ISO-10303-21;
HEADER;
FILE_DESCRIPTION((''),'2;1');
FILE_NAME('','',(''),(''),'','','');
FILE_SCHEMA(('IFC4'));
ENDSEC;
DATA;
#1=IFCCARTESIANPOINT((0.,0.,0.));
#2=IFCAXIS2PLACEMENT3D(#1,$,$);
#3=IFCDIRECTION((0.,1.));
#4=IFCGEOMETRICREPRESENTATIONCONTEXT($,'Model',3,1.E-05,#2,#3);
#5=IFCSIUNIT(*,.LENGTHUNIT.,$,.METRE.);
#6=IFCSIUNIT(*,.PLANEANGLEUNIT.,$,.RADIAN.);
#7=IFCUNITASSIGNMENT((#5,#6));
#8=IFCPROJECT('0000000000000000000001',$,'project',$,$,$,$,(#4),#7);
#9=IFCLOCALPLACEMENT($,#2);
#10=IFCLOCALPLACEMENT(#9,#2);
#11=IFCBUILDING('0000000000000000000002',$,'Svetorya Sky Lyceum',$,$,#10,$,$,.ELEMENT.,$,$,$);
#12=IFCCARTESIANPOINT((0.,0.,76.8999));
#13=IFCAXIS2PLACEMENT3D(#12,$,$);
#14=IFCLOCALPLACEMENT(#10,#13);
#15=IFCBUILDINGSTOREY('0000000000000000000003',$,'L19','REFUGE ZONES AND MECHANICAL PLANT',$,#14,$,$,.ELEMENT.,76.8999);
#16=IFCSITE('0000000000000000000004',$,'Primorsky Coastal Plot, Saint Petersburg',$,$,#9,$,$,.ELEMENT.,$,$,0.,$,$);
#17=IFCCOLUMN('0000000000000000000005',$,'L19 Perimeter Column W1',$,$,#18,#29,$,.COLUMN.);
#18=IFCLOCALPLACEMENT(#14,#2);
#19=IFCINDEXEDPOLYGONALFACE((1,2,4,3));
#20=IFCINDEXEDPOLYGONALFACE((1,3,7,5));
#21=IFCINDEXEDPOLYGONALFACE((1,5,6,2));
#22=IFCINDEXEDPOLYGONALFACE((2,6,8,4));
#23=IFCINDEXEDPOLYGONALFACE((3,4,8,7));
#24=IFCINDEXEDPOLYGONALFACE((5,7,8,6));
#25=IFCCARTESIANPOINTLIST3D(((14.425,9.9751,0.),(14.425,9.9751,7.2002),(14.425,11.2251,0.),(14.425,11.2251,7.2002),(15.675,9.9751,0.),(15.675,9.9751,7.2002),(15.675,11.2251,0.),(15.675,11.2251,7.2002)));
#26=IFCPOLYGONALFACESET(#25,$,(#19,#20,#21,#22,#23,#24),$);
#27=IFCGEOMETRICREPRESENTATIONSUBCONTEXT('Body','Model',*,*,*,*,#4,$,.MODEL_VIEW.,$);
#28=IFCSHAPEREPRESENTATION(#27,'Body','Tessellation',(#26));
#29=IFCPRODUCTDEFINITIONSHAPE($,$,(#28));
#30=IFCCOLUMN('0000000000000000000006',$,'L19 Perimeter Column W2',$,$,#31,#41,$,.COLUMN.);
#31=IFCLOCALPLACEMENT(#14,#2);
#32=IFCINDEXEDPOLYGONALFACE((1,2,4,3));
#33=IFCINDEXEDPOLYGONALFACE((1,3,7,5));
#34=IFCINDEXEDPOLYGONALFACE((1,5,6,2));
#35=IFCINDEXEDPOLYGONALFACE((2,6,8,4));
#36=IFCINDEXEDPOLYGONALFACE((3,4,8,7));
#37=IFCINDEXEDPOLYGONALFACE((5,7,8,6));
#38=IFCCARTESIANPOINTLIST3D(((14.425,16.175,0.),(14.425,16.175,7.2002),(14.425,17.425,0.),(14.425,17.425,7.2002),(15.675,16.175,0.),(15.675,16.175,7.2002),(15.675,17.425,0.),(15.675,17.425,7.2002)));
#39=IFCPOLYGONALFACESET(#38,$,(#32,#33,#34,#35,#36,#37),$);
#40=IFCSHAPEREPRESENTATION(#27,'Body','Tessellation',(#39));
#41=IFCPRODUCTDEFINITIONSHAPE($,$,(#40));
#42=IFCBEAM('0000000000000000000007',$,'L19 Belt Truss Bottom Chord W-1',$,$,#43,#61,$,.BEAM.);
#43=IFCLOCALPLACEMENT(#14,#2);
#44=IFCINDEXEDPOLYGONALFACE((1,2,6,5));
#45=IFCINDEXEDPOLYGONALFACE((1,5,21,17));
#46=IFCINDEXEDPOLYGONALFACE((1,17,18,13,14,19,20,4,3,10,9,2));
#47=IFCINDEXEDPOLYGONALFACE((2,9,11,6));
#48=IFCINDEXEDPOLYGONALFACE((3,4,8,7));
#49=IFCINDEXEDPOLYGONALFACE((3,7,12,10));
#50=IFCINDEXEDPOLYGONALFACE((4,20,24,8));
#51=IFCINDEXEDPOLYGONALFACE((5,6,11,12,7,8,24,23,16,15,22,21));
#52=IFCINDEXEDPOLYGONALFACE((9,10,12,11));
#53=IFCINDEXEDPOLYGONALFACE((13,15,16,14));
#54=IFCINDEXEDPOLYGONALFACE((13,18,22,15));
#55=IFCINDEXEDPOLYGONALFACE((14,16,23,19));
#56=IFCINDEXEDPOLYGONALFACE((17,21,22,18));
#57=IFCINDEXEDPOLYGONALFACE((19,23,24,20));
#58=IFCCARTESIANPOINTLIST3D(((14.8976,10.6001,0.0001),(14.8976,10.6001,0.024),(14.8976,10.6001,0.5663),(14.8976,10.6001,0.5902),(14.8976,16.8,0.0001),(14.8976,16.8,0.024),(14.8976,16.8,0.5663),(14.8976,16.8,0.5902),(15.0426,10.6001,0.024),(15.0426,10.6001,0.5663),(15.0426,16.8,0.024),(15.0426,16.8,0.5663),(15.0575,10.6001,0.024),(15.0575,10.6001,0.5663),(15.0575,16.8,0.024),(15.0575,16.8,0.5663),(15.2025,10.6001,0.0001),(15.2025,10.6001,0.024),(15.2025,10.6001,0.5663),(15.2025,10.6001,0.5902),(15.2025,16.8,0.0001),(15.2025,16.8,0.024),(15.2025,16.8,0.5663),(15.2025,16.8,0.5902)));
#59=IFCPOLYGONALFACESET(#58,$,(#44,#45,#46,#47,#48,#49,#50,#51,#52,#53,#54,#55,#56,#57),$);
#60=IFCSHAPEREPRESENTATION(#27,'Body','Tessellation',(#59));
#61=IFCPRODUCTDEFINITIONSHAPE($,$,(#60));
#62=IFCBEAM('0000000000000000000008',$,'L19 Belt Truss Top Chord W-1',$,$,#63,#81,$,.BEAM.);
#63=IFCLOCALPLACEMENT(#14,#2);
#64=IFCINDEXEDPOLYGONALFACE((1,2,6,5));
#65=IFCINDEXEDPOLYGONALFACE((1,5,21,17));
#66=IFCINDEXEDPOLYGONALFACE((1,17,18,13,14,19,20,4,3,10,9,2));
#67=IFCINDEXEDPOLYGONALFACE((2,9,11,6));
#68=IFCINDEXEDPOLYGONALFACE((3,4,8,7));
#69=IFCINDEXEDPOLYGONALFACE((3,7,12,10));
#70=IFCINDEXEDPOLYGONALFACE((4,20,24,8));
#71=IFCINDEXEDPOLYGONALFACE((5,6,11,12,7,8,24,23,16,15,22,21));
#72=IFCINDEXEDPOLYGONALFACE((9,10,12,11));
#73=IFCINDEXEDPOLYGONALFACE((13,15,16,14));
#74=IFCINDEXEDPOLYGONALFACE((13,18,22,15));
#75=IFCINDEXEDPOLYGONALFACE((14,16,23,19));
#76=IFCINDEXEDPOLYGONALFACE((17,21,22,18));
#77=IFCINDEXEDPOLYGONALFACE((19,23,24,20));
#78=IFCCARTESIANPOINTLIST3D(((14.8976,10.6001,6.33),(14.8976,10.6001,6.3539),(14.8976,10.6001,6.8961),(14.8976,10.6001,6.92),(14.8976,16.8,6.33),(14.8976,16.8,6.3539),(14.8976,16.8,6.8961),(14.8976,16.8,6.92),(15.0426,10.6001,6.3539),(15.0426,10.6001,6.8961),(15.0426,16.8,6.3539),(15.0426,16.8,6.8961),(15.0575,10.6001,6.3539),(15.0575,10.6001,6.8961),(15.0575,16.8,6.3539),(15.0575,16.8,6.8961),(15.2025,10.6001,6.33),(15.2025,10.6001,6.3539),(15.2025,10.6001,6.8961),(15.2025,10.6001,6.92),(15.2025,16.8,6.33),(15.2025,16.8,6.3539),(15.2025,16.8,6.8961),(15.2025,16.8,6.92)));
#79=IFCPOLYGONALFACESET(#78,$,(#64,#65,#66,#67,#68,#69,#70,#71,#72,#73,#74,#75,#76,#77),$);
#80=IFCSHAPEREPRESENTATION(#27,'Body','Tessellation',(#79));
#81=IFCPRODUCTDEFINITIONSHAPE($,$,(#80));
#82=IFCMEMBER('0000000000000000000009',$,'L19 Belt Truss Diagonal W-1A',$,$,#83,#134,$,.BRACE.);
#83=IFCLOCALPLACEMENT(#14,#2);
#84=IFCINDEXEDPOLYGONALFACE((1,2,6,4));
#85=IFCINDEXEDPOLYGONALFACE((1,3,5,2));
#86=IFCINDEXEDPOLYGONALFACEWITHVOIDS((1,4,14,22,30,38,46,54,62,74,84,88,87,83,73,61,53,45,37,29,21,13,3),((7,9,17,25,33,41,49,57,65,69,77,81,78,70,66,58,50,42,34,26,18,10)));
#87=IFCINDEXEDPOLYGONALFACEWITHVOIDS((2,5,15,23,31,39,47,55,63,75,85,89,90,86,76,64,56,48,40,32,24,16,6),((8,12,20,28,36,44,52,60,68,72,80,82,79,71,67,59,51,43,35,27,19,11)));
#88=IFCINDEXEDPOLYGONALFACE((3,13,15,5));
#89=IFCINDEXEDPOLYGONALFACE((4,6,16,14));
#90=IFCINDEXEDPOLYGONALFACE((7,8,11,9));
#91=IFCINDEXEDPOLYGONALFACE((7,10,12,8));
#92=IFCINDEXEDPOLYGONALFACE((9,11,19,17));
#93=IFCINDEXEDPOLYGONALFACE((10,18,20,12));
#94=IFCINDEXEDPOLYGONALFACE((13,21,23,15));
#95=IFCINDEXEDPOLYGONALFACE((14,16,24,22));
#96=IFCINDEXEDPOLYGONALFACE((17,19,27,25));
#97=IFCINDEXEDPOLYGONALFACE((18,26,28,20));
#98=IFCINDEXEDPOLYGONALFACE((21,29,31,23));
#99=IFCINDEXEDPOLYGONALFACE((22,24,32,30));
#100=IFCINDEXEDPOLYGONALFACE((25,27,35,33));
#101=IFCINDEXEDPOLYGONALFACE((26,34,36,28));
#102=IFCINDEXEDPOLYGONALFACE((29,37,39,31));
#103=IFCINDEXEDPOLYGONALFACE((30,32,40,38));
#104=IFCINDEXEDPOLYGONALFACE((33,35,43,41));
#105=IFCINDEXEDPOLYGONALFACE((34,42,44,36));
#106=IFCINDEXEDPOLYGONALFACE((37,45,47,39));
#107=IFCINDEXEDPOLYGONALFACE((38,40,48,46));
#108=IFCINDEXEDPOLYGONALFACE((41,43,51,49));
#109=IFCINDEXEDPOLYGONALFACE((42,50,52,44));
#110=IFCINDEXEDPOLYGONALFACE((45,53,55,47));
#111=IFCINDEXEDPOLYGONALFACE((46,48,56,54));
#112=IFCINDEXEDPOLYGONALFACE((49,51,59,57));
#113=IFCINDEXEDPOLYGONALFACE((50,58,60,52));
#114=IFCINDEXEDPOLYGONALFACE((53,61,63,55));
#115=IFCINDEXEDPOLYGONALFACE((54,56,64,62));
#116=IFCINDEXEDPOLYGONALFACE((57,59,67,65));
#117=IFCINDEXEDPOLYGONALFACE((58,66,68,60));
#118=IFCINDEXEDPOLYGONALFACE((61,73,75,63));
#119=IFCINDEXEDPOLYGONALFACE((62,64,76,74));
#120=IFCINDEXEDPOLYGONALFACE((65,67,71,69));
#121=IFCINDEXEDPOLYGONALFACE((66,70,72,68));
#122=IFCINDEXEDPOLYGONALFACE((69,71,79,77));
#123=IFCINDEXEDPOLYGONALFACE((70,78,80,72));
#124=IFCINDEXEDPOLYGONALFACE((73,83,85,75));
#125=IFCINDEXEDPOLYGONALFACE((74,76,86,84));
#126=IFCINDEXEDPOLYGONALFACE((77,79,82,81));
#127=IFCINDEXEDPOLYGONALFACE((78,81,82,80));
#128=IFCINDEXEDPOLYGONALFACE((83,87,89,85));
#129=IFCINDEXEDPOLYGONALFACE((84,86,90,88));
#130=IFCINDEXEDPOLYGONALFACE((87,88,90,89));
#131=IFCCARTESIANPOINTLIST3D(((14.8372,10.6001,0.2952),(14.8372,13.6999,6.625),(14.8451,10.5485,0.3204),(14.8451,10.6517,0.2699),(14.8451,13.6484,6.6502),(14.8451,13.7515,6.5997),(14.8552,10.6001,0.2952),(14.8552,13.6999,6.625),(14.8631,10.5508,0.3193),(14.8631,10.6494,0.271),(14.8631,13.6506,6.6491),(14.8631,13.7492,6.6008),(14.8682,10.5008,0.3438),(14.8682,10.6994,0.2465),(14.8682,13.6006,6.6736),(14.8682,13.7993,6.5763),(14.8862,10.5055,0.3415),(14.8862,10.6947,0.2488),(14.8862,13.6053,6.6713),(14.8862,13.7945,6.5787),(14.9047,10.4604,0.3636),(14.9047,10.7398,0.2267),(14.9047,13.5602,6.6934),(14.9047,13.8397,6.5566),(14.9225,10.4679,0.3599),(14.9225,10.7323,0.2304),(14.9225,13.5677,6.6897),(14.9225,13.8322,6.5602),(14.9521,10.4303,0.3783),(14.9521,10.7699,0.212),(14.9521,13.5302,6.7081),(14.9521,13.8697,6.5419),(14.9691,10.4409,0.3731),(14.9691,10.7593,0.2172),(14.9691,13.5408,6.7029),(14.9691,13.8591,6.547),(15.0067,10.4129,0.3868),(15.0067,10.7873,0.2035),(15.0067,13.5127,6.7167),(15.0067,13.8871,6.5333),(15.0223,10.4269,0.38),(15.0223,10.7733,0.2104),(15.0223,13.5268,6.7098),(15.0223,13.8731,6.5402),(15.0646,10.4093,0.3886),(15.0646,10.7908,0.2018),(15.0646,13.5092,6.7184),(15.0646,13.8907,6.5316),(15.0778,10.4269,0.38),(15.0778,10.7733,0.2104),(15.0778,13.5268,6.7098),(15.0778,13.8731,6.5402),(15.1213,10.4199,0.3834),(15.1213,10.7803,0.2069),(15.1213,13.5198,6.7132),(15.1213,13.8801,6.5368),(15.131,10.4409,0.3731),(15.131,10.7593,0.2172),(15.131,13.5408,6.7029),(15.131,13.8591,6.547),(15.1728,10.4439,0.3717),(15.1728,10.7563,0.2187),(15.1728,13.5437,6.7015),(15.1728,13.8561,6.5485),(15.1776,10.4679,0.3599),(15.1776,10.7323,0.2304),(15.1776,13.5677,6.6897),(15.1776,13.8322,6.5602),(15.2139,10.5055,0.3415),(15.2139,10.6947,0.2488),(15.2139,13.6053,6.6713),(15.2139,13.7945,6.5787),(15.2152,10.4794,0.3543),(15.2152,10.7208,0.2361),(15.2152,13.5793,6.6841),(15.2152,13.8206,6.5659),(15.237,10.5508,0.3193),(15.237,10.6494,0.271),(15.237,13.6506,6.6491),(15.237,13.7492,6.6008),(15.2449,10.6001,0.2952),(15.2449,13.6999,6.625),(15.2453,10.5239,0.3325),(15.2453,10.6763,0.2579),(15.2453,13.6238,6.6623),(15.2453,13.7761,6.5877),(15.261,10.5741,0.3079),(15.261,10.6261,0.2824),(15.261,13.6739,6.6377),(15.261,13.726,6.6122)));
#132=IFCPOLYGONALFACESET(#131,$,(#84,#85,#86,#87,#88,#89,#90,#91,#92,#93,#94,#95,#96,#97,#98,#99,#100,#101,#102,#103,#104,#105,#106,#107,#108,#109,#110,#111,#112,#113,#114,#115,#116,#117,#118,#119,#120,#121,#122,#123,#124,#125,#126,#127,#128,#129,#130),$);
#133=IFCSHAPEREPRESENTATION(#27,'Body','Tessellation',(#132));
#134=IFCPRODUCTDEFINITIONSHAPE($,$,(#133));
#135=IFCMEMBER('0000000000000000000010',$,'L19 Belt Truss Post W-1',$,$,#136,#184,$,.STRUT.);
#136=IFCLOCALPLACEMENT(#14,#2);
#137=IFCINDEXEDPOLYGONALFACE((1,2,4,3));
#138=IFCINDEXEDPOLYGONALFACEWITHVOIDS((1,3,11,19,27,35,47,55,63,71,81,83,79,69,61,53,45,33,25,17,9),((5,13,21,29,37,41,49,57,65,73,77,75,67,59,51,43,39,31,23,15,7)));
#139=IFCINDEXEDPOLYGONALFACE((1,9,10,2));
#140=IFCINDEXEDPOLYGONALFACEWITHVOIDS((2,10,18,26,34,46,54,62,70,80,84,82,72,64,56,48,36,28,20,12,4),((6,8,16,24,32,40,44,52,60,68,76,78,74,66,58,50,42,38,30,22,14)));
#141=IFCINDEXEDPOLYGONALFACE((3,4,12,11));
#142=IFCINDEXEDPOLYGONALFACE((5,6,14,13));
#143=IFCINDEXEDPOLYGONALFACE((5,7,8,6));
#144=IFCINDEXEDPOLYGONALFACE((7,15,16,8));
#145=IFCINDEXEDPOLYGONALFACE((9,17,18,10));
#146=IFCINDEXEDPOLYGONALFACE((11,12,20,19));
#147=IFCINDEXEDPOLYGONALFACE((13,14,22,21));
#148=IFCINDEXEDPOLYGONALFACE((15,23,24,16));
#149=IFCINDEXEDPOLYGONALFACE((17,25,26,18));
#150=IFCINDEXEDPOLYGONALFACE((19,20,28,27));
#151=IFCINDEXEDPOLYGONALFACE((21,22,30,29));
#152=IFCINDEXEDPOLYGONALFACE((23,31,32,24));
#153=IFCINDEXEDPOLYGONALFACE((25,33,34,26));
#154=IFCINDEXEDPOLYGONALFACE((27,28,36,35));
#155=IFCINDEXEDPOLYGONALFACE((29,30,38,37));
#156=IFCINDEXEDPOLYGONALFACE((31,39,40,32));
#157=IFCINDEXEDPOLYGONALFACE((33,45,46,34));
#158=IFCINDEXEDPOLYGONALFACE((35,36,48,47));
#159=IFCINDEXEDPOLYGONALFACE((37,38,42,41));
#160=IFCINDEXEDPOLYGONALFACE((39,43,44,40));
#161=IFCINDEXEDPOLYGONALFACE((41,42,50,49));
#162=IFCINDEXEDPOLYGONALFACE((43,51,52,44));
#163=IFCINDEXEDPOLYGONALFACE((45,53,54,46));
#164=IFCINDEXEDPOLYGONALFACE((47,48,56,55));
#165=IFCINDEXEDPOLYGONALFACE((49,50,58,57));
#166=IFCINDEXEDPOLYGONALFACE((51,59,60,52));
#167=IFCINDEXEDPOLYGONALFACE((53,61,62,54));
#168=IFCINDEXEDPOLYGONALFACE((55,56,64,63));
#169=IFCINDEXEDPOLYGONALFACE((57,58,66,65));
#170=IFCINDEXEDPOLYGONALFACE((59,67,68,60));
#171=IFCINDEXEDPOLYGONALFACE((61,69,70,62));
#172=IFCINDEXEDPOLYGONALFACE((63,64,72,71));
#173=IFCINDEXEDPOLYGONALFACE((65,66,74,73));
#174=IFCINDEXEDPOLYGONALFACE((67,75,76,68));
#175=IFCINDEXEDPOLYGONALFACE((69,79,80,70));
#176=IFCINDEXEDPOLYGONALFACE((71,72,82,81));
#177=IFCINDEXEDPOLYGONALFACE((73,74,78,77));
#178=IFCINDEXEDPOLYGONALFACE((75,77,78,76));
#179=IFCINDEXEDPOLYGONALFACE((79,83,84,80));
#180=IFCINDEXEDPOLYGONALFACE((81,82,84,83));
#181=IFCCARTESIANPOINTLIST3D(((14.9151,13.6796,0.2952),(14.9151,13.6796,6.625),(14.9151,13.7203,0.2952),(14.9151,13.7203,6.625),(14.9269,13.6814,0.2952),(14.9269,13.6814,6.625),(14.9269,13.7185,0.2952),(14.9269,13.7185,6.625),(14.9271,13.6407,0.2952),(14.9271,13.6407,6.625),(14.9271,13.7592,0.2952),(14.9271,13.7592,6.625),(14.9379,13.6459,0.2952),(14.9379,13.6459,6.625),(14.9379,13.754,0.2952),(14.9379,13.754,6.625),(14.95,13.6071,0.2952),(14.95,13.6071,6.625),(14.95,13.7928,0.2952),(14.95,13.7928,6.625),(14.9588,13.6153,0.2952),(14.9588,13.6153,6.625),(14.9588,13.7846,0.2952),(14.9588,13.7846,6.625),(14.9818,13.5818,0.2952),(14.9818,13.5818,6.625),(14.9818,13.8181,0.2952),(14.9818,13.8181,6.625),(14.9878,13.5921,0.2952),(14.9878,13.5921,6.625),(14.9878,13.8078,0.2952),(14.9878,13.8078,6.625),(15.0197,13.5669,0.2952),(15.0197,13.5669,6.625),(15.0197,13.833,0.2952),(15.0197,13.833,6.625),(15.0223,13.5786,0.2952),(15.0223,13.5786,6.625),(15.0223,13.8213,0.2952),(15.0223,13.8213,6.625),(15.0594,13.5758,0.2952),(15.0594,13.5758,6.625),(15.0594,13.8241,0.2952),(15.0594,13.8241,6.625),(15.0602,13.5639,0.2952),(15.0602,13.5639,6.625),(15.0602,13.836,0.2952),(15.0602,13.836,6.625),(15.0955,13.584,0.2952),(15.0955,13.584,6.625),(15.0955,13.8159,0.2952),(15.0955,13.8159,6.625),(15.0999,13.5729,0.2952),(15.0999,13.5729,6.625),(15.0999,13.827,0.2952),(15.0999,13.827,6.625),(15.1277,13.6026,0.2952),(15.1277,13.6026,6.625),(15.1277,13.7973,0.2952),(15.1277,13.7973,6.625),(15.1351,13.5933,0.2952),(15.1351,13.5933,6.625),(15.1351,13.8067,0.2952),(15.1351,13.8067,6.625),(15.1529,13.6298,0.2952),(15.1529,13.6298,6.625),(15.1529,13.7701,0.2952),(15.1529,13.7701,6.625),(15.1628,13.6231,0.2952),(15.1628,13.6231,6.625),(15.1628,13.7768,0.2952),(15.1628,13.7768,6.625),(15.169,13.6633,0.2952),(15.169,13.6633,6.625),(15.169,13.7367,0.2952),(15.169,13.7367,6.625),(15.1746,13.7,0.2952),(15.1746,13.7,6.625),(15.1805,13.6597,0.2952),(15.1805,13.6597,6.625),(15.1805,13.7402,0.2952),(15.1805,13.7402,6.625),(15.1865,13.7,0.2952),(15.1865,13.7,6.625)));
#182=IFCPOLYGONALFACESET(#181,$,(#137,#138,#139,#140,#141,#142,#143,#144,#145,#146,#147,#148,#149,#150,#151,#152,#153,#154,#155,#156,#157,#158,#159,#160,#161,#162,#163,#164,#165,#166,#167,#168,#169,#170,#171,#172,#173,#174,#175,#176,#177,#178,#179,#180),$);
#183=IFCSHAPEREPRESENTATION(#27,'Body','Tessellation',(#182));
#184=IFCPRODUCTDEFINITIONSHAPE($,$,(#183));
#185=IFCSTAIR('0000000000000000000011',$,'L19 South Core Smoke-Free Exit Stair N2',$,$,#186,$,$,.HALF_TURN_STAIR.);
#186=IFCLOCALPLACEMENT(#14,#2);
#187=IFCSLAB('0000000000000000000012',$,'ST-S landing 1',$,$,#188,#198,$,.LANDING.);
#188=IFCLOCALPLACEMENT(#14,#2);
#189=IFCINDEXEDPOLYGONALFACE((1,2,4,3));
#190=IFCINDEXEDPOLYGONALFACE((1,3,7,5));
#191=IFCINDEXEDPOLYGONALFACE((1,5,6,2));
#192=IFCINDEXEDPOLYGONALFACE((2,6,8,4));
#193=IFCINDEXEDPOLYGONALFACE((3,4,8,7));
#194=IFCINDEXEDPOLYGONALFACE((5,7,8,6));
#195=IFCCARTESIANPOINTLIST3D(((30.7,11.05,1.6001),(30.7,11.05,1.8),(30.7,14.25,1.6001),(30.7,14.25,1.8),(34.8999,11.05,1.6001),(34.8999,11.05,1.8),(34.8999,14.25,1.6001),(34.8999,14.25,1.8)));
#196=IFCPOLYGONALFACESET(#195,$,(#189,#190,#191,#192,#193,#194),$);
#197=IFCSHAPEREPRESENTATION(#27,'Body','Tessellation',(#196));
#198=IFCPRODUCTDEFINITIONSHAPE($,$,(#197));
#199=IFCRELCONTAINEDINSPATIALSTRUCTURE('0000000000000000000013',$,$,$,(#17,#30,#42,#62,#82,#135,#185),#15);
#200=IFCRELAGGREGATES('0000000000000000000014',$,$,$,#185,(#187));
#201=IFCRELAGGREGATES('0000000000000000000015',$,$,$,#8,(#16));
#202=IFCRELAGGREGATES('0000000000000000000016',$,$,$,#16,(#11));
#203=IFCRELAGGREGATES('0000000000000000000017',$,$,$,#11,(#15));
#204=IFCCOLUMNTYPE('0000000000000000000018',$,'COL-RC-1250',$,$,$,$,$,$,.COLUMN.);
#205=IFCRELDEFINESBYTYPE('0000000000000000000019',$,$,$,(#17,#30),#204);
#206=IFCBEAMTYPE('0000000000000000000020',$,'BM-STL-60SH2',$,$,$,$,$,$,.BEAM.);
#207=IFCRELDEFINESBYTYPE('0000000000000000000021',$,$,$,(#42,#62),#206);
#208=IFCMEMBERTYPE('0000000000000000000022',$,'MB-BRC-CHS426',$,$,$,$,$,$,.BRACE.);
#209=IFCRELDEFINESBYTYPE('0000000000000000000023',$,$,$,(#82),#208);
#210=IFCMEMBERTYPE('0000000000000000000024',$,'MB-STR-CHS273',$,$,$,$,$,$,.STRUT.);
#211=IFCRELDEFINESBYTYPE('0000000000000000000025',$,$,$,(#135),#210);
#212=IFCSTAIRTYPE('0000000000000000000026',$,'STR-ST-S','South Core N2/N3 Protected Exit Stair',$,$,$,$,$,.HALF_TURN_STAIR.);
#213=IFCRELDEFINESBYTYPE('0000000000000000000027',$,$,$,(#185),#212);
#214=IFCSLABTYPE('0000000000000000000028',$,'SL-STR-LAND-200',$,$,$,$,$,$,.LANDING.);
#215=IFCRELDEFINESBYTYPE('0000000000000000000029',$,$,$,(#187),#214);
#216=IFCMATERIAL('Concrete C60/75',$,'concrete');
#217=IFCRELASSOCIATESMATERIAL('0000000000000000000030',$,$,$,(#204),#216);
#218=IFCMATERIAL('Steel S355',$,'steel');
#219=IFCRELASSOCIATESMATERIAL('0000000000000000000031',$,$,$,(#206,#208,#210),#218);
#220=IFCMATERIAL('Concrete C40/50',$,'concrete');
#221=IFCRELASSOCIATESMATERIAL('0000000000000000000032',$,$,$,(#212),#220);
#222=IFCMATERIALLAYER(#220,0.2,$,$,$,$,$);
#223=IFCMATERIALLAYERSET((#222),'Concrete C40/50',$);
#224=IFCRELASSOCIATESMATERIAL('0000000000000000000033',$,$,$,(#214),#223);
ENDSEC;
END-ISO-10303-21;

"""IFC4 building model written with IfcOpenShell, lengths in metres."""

from ifc_helpers import new_model, si_unit, direction, frame, origin, origin_2d, place, context, subcontext, project, spatial, polyline, rectangle, hollow_circle, i_section, outline, extrude, material, layer, layer_set, material_profile, profile_set, type_object, element, aggregate, save


model = new_model("IFC4")

# Units and contexts
model_context = context("Model", 3, precision=1e-05, world=origin(), true_north=direction((0.0, 1.0)))
body_context = subcontext(model_context, "Body", "Model", "MODEL_VIEW")
ifc_project = project(units=[si_unit("LENGTHUNIT", "METRE"), si_unit("PLANEANGLEUNIT", "RADIAN")], contexts=[model_context])

# Site, building, storey
site_placement = place(None, origin())
site = spatial("IfcSite", under=ifc_project, at=site_placement, Name="Primorsky Coastal Plot, Saint Petersburg", CompositionType="ELEMENT", RefElevation=0.0)
building_placement = place(site_placement, origin())
building = spatial("IfcBuilding", under=site, at=building_placement, Name="Svetorya Sky Lyceum", CompositionType="ELEMENT")
storey_placement = place(building_placement, frame((0.0, 0.0, 76.8999)))
storey = spatial("IfcBuildingStorey", under=building, at=storey_placement, Name="L19", Description="REFUGE ZONES AND MECHANICAL PLANT", CompositionType="ELEMENT", Elevation=76.8999)

# Columns
ifc_material_1 = material(Name="Concrete C60/75", Category="concrete")
ifc_material_profile_1 = material_profile(ifc_material_1, rectangle(XDim=1.25, YDim=1.25, at=origin_2d()), Name="RC COL 1250x1250")
ifc_profile_set_1 = profile_set([ifc_material_profile_1], Name="Concrete C60/75")
column_type = type_object("IfcColumnType", Name="COL-RC-1250", PredefinedType="COLUMN", material=ifc_profile_set_1)
for number, where, z_axis, x_axis, name in (
    (1, (15.05, 10.6001, 0.0), (0.0, 0.0, 1.0), (1.0, 0.0, 0.0), "L19 Perimeter Column W1"),
    (2, (15.05, 16.8, 0.0), (0.0, 0.0, 1.0), (1.0, 0.0, 0.0), "L19 Perimeter Column W2"),
):
    element("IfcColumn", number, at=place(storey_placement, frame(where, z_axis=z_axis, x_axis=x_axis)), inside=storey, type_object=column_type, Name=name, PredefinedType="COLUMN", context=body_context, shape_type="SweptSolid", body=[
        extrude(rectangle(XDim=1.25, YDim=1.25, at=origin_2d()), origin(), (0.0, 0.0, 1.0), 7.2002),
    ])

# Beams
ifc_material_2 = material(Name="Steel S355", Category="steel")
ifc_material_profile_2 = material_profile(ifc_material_2, i_section(OverallWidth=0.3049, OverallDepth=0.5901, WebThickness=0.0149, FlangeThickness=0.0239, at=origin_2d()), Name="GOST 60Sh2")
ifc_profile_set_2 = profile_set([ifc_material_profile_2], Name="Steel S355")
beam_type = type_object("IfcBeamType", Name="BM-STL-60SH2", PredefinedType="BEAM", material=ifc_profile_set_2)
for number, where, z_axis, x_axis, name in (
    (3, (15.05, 10.6001, 0.2952), (0.0, 1.0, 0.0), (-1.0, 0.0, 0.0), "L19 Belt Truss Bottom Chord W-1"),
    (4, (15.05, 10.6001, 6.625), (0.0, 1.0, 0.0), (-1.0, 0.0, 0.0), "L19 Belt Truss Top Chord W-1"),
):
    element("IfcBeam", number, at=place(storey_placement, frame(where, z_axis=z_axis, x_axis=x_axis)), inside=storey, type_object=beam_type, Name=name, PredefinedType="BEAM", context=body_context, shape_type="SweptSolid", body=[
        extrude(i_section(OverallWidth=0.3049, OverallDepth=0.5901, WebThickness=0.0149, FlangeThickness=0.0239, at=origin_2d()), origin(), (0.0, 0.0, 1.0), 6.2),
    ])

# Members
ifc_material_profile_3 = material_profile(ifc_material_2, hollow_circle(Radius=0.2129, WallThickness=0.0181, at=origin_2d()), Name="CHS 426x18")
ifc_profile_set_3 = profile_set([ifc_material_profile_3], Name="Steel S355")
member_type_1 = type_object("IfcMemberType", Name="MB-BRC-CHS426", PredefinedType="BRACE", material=ifc_profile_set_3)
member_1_placement = place(storey_placement, frame((15.05, 10.6001, 0.2952), z_axis=(0.0, 0.439813, 0.898089), x_axis=(-1.0, 0.0, 0.0)))
element("IfcMember", 5, at=member_1_placement, inside=storey, type_object=member_type_1, Name="L19 Belt Truss Diagonal W-1A", PredefinedType="BRACE", context=body_context, shape_type="SweptSolid", body=[
    extrude(hollow_circle(Radius=0.2129, WallThickness=0.0181, at=origin_2d()), origin(), (0.0, 0.0, 1.0), 7.0481),
])
ifc_material_profile_4 = material_profile(ifc_material_2, hollow_circle(Radius=0.1365, WallThickness=0.012, at=origin_2d()), Name="CHS 273x12")
ifc_profile_set_4 = profile_set([ifc_material_profile_4], Name="Steel S355")
member_type_2 = type_object("IfcMemberType", Name="MB-STR-CHS273", PredefinedType="STRUT", material=ifc_profile_set_4)
member_2_placement = place(storey_placement, frame((15.05, 13.7, 0.2952), z_axis=(0.0, 0.0, 1.0), x_axis=(1.0, 0.0, 0.0)))
element("IfcMember", 6, at=member_2_placement, inside=storey, type_object=member_type_2, Name="L19 Belt Truss Post W-1", PredefinedType="STRUT", context=body_context, shape_type="SweptSolid", body=[
    extrude(hollow_circle(Radius=0.1365, WallThickness=0.012, at=origin_2d()), origin(), (0.0, 0.0, 1.0), 6.3298),
])

# Stair, slab
ifc_material_3 = material(Name="Concrete C40/50", Category="concrete")
stair_type_1 = type_object("IfcStairType", Name="STR-ST-S", Description="South Core N2/N3 Protected Exit Stair", PredefinedType="HALF_TURN_STAIR", material=ifc_material_3)
stair_1_placement = place(storey_placement, origin())
stair_1 = element("IfcStair", 7, at=stair_1_placement, inside=storey, type_object=stair_type_1, Name="L19 South Core Smoke-Free Exit Stair N2", PredefinedType="HALF_TURN_STAIR")
ifc_layer_1 = layer(ifc_material_3, 0.2)
ifc_layer_set_1 = layer_set([ifc_layer_1], Name="Concrete C40/50")
slab_type_1 = type_object("IfcSlabType", Name="SL-STR-LAND-200", PredefinedType="LANDING", material=ifc_layer_set_1)
slab_1_placement = place(storey_placement, frame((0.0, 0.0, 1.6001)))
slab_1 = element("IfcSlab", 8, at=slab_1_placement, type_object=slab_type_1, Name="ST-S landing 1", PredefinedType="LANDING", context=body_context, shape_type="SweptSolid", body=[
    extrude(outline(polyline([(30.7, 11.05), (34.8999, 11.05), (34.8999, 14.25), (30.7, 14.25), (30.7, 11.05)])), origin(), (0.0, 0.0, 1.0), 0.2),
])
aggregate(stair_1, [slab_1])

save(model, "model.ifc")
